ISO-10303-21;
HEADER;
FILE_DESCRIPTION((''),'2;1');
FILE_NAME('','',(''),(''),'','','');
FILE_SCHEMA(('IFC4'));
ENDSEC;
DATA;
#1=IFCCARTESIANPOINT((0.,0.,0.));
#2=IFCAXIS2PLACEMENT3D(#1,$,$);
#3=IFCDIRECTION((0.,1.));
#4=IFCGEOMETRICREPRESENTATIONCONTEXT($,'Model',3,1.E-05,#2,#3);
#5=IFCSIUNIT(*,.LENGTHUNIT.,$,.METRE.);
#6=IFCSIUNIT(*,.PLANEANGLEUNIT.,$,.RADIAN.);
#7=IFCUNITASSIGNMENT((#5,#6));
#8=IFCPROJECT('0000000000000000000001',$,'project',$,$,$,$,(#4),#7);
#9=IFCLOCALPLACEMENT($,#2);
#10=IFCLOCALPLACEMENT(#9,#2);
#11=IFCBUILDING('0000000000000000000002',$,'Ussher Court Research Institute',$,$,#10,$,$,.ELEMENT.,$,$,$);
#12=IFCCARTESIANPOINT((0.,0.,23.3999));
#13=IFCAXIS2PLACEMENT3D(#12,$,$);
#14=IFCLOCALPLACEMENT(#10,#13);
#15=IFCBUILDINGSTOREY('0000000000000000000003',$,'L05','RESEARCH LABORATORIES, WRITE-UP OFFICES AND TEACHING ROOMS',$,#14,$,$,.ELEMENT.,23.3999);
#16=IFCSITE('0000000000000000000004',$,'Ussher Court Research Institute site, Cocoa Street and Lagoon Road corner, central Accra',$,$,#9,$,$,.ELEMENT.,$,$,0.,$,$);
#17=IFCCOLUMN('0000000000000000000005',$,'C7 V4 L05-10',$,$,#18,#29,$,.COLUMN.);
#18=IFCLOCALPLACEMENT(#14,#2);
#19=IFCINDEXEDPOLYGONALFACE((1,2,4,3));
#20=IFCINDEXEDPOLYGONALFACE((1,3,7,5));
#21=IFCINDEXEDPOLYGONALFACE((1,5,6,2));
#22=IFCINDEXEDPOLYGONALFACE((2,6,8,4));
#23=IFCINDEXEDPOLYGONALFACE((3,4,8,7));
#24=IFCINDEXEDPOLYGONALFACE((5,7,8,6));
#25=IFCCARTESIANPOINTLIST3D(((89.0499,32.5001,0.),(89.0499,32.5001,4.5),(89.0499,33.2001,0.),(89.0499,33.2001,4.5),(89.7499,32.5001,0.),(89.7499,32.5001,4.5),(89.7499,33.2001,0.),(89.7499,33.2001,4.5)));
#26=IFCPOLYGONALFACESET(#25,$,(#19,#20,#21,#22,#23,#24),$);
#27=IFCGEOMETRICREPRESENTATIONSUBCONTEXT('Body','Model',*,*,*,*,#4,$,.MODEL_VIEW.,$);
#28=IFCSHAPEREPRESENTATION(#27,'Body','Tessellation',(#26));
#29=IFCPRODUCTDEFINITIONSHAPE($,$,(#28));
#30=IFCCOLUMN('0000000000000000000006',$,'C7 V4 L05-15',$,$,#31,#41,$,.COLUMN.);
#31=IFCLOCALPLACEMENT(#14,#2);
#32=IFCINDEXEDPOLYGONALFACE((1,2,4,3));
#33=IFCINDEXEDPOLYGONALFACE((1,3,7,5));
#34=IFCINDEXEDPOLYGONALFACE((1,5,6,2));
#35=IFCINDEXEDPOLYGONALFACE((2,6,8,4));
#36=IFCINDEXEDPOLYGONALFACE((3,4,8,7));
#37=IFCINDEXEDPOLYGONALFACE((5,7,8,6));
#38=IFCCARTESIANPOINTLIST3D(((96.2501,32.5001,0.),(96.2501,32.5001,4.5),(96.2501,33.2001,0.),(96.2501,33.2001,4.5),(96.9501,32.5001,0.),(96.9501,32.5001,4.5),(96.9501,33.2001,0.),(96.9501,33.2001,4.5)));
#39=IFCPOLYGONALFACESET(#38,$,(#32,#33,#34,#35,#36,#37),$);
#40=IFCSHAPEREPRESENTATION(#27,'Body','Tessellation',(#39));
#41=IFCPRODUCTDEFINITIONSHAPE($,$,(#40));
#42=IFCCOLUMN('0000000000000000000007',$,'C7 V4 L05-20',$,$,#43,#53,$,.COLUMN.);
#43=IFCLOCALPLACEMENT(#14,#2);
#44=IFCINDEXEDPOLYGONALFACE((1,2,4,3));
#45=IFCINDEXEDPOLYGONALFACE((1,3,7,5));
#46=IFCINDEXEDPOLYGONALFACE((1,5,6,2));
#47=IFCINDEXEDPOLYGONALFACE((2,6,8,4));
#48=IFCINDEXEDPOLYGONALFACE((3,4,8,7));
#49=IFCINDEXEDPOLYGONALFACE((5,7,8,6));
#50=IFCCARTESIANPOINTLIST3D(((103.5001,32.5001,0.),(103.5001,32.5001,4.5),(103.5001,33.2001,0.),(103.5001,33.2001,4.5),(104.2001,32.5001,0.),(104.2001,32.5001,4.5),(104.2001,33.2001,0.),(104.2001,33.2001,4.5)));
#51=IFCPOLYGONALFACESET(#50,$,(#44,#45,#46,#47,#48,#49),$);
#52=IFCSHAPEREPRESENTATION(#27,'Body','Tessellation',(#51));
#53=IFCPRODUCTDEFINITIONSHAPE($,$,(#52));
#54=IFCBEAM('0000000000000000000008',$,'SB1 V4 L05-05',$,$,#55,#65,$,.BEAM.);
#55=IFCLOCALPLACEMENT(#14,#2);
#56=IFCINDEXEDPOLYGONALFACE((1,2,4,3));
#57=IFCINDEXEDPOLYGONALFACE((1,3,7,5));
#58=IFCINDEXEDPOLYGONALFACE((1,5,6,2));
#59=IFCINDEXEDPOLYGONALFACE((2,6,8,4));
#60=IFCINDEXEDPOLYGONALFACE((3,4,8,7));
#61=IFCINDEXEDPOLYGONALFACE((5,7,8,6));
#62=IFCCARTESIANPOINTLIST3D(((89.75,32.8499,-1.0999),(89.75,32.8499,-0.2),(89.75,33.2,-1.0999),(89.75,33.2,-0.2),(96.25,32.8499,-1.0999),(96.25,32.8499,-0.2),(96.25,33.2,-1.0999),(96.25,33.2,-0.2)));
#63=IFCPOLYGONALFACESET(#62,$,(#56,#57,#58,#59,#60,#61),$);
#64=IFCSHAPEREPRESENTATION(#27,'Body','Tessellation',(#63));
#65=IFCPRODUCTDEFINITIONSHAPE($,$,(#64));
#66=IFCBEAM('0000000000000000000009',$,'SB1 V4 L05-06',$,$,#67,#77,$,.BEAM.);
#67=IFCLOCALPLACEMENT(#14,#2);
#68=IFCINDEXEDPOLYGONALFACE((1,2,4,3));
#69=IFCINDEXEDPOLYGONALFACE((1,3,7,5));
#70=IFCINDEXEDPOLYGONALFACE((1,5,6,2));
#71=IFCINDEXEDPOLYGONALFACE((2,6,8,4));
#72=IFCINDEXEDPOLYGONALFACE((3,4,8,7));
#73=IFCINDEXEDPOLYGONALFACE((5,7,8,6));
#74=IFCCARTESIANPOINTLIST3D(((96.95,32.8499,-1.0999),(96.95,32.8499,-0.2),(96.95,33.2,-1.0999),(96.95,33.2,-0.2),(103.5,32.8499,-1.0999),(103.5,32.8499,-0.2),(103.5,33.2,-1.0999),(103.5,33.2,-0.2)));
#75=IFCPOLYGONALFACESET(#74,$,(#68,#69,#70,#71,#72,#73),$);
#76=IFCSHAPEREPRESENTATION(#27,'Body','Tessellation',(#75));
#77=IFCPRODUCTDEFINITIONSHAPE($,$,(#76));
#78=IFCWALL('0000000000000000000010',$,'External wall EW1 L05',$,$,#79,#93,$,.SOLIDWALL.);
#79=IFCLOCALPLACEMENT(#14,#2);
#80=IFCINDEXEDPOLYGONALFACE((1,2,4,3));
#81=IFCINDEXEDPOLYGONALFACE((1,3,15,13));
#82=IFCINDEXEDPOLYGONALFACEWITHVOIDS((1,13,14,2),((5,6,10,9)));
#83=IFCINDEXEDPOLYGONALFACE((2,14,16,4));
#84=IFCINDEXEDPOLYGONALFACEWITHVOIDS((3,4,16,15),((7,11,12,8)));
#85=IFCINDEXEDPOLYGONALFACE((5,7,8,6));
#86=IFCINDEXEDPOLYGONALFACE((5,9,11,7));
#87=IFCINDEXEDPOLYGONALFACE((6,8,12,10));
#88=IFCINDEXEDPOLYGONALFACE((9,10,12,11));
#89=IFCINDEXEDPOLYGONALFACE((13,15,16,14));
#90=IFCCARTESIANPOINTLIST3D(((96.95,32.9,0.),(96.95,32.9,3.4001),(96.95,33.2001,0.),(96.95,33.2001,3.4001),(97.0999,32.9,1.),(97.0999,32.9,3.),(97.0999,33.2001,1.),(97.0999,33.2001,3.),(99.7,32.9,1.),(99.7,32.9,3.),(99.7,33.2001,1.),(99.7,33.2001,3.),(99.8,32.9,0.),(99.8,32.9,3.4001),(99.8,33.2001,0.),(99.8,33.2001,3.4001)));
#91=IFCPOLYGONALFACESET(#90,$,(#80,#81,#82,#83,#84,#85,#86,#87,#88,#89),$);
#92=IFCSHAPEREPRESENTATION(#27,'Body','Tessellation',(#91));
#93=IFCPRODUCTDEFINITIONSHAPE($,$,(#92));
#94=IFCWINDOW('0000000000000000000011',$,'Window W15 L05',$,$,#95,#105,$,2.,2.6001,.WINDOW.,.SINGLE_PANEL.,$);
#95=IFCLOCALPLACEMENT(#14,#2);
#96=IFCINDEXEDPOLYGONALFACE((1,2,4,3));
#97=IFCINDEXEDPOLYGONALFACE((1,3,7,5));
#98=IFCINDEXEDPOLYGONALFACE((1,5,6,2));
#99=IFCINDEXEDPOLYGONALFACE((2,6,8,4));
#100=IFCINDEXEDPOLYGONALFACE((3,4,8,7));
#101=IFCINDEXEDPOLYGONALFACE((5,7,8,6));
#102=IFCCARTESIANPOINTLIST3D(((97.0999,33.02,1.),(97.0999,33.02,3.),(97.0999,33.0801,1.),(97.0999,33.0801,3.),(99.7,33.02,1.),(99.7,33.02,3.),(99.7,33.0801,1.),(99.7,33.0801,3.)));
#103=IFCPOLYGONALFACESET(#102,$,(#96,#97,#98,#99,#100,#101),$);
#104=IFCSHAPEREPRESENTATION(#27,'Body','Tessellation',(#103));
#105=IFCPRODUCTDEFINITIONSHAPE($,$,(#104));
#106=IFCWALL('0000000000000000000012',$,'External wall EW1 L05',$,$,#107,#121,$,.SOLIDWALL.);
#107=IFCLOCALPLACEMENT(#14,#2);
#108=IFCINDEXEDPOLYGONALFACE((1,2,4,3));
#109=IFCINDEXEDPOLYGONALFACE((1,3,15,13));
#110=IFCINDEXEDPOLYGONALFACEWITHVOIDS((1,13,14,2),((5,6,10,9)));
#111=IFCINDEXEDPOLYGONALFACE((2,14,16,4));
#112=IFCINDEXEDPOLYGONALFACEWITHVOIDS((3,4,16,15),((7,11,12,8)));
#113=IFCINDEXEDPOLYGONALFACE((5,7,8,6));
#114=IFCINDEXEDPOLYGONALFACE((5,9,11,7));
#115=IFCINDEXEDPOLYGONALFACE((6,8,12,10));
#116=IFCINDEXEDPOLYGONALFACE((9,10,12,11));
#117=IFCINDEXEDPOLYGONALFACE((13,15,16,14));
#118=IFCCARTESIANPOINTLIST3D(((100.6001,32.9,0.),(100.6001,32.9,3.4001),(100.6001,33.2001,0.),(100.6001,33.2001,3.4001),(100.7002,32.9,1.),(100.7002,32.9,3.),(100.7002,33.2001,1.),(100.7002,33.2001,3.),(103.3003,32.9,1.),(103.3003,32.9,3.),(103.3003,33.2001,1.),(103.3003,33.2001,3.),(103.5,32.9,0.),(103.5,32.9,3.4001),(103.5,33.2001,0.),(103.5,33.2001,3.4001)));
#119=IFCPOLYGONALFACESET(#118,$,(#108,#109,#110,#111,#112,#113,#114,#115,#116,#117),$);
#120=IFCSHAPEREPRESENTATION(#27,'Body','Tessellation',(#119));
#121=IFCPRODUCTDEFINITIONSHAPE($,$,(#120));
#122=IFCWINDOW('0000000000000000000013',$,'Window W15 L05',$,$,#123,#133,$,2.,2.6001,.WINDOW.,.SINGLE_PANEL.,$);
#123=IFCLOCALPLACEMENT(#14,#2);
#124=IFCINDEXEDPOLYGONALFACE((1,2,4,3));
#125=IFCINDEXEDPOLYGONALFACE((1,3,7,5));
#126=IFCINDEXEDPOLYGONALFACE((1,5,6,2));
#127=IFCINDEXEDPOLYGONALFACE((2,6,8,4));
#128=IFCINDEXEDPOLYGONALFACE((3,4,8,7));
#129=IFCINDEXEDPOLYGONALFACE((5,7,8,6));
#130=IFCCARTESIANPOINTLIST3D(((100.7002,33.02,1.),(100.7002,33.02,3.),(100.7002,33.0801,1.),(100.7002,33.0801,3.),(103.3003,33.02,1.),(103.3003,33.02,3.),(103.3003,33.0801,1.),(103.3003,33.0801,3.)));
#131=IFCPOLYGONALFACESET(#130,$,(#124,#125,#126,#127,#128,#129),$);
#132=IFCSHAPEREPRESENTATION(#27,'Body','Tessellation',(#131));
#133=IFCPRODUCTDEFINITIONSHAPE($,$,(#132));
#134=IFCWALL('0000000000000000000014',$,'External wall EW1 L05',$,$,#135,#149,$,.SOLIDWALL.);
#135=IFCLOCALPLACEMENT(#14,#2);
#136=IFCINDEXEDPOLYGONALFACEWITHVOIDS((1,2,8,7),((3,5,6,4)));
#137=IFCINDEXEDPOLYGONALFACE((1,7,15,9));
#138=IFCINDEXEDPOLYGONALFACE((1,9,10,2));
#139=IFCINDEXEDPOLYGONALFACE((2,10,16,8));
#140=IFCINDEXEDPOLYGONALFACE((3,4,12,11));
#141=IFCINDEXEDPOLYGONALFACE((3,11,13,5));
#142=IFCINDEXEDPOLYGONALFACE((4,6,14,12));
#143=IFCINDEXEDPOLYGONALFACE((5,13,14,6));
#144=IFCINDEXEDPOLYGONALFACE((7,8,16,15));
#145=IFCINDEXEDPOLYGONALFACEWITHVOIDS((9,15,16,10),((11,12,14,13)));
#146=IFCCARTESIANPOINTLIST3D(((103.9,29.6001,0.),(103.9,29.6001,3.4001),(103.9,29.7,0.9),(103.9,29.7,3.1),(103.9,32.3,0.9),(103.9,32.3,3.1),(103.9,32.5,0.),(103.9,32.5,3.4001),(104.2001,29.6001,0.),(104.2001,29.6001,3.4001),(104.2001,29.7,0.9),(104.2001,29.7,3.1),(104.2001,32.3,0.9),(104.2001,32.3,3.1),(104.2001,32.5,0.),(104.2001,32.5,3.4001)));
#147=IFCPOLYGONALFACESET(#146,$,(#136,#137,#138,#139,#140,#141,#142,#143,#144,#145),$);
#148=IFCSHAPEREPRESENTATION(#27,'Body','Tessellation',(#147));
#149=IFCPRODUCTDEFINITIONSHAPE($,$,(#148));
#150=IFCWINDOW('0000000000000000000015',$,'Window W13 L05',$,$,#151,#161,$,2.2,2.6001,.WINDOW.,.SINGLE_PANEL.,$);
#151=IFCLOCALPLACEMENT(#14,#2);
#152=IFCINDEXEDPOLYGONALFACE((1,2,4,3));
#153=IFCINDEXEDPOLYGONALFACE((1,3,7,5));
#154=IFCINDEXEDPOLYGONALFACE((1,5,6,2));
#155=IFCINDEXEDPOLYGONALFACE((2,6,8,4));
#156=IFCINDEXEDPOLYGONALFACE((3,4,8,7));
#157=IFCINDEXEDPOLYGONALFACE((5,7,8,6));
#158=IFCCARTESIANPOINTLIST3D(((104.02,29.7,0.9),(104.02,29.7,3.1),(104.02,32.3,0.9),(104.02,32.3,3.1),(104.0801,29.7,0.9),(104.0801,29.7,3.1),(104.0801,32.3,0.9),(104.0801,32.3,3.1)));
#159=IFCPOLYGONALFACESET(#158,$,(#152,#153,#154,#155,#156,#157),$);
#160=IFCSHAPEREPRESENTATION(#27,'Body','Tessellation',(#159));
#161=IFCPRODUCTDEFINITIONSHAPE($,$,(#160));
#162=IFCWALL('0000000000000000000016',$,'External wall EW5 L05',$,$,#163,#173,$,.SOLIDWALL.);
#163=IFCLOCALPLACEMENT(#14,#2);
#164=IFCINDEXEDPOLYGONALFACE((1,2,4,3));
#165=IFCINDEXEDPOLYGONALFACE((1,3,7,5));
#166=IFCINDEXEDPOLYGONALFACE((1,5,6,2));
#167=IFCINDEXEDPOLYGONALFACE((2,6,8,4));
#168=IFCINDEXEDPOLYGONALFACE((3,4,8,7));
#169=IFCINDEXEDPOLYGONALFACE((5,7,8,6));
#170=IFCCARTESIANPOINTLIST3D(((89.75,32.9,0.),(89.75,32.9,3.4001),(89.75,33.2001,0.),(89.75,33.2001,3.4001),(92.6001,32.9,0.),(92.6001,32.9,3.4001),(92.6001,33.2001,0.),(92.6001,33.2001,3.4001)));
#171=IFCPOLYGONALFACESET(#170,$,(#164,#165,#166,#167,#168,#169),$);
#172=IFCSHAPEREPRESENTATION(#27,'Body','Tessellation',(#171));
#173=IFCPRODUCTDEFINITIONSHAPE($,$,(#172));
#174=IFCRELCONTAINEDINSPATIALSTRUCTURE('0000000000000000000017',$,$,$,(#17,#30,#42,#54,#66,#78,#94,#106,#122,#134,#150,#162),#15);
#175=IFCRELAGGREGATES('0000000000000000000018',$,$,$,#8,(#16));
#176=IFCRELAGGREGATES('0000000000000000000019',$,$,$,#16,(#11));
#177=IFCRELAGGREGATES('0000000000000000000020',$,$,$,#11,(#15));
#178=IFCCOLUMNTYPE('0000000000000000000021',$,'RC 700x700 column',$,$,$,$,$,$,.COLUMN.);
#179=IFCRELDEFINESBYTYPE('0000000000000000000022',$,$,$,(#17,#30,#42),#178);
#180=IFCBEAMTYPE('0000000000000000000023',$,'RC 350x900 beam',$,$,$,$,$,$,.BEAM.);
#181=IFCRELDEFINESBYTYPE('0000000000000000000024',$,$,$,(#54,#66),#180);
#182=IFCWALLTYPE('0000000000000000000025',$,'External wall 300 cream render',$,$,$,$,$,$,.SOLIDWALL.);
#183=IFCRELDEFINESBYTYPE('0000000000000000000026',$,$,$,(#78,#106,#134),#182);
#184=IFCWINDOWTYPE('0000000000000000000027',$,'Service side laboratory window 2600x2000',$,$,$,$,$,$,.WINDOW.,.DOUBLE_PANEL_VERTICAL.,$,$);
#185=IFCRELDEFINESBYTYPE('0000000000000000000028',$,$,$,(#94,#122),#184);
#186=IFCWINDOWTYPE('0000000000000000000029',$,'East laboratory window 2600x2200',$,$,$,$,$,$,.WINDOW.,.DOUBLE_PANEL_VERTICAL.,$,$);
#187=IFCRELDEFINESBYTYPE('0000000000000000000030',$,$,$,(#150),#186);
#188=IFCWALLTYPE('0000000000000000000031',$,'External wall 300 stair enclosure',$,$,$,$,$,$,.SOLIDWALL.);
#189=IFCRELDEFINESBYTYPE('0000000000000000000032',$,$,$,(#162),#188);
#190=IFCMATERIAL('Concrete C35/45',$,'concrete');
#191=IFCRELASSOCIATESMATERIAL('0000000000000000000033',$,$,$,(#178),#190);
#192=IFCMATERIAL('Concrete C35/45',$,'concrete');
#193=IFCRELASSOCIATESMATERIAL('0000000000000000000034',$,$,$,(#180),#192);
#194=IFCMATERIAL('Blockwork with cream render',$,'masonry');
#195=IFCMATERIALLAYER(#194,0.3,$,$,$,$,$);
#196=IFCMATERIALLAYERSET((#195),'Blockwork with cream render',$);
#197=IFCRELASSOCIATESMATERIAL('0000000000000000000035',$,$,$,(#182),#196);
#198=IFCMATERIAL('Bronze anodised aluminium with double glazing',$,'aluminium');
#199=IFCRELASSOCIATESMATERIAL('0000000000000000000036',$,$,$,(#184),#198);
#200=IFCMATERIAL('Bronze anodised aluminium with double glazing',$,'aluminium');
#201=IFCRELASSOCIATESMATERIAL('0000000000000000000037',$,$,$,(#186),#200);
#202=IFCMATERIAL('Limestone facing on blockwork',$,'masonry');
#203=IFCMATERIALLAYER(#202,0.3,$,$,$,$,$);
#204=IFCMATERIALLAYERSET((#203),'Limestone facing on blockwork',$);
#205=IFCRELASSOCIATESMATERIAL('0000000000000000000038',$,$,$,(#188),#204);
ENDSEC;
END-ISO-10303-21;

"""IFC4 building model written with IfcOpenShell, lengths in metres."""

from ifc_helpers import new_model, si_unit, direction, frame, frame_2d, origin, origin_2d, place, context, subcontext, project, spatial, rectangle, extrude, material, layer, layer_set, material_profile, profile_set, type_object, element, fill, save


model = new_model("IFC4")

# Units and contexts
model_context = context("Model", 3, precision=1e-05, world=origin(), true_north=direction((0.0, 1.0)))
body_context = subcontext(model_context, "Body", "Model", "MODEL_VIEW")
ifc_project = project(units=[si_unit("LENGTHUNIT", "METRE"), si_unit("PLANEANGLEUNIT", "RADIAN")], contexts=[model_context])

# Site, building, storey
site_placement = place(None, origin())
site = spatial("IfcSite", under=ifc_project, at=site_placement, Name="Ussher Court Research Institute site, Cocoa Street and Lagoon Road corner, central Accra", CompositionType="ELEMENT", RefElevation=0.0)
building_placement = place(site_placement, origin())
building = spatial("IfcBuilding", under=site, at=building_placement, Name="Ussher Court Research Institute", CompositionType="ELEMENT")
storey_placement = place(building_placement, frame((0.0, 0.0, 23.3999)))
storey = spatial("IfcBuildingStorey", under=building, at=storey_placement, Name="L05", Description="RESEARCH LABORATORIES, WRITE-UP OFFICES AND TEACHING ROOMS", CompositionType="ELEMENT", Elevation=23.3999)

# Columns
ifc_material_1 = material(Name="Concrete C35/45", Category="concrete")
ifc_material_profile_1 = material_profile(ifc_material_1, rectangle(XDim=0.7, YDim=0.7, at=origin_2d()), Name="RC 700x700")
ifc_profile_set_1 = profile_set([ifc_material_profile_1], Name="Concrete C35/45")
column_type = type_object("IfcColumnType", Name="RC 700x700 column", PredefinedType="COLUMN", material=ifc_profile_set_1)
for number, where, z_axis, x_axis, name in (
    (1, (89.3999, 32.8501, 0.0), (0.0, 0.0, 1.0), (1.0, 0.0, 0.0), "C7 V4 L05-10"),
    (2, (96.6001, 32.8501, 0.0), (0.0, 0.0, 1.0), (1.0, 0.0, 0.0), "C7 V4 L05-15"),
    (3, (103.8501, 32.8501, 0.0), (0.0, 0.0, 1.0), (1.0, 0.0, 0.0), "C7 V4 L05-20"),
):
    element("IfcColumn", number, at=place(storey_placement, frame(where, z_axis=z_axis, x_axis=x_axis)), inside=storey, type_object=column_type, Name=name, PredefinedType="COLUMN", context=body_context, shape_type="SweptSolid", body=[
        extrude(rectangle(XDim=0.7, YDim=0.7, at=origin_2d()), origin(), (0.0, 0.0, 1.0), 4.5),
    ])

# Beams
ifc_material_2 = material(Name="Concrete C35/45", Category="concrete")
ifc_material_profile_2 = material_profile(ifc_material_2, rectangle(XDim=0.3501, YDim=0.8999, at=origin_2d()), Name="RC 350x900")
ifc_profile_set_2 = profile_set([ifc_material_profile_2], Name="Concrete C35/45")
beam_type = type_object("IfcBeamType", Name="RC 350x900 beam", PredefinedType="BEAM", material=ifc_profile_set_2)
beam_1_placement = place(storey_placement, frame((89.75, 33.0249, -0.6499), z_axis=(1.0, 0.0, 0.0), x_axis=(0.0, 1.0, 0.0)))
element("IfcBeam", 4, at=beam_1_placement, inside=storey, type_object=beam_type, Name="SB1 V4 L05-05", PredefinedType="BEAM", context=body_context, shape_type="SweptSolid", body=[
    extrude(rectangle(XDim=0.3501, YDim=0.8999, at=origin_2d()), origin(), (0.0, 0.0, 1.0), 6.5),
])
beam_2_placement = place(storey_placement, frame((96.95, 33.0249, -0.6499), z_axis=(1.0, 0.0, 0.0), x_axis=(0.0, 1.0, 0.0)))
element("IfcBeam", 5, at=beam_2_placement, inside=storey, type_object=beam_type, Name="SB1 V4 L05-06", PredefinedType="BEAM", context=body_context, shape_type="SweptSolid", body=[
    extrude(rectangle(XDim=0.3501, YDim=0.8999, at=origin_2d()), origin(), (0.0, 0.0, 1.0), 6.55),
])

# Walls, openings, windows
ifc_material_3 = material(Name="Blockwork with cream render", Category="masonry")
ifc_layer_1 = layer(ifc_material_3, 0.3)
ifc_layer_set_1 = layer_set([ifc_layer_1], Name="Blockwork with cream render")
wall_type_1 = type_object("IfcWallType", Name="External wall 300 cream render", PredefinedType="SOLIDWALL", material=ifc_layer_set_1)
wall_1_placement = place(storey_placement, frame((96.95, 33.05, 0.0), z_axis=(0.0, 0.0, 1.0), x_axis=(1.0, 0.0, 0.0)))
wall_1 = element("IfcWall", 6, at=wall_1_placement, inside=storey, type_object=wall_type_1, Name="External wall EW1 L05", PredefinedType="SOLIDWALL", context=body_context, shape_type="SweptSolid", body=[
    extrude(rectangle(XDim=2.8501, YDim=0.3, at=frame_2d((1.425, 0.0))), origin(), (0.0, 0.0, 1.0), 3.4001),
])
opening_1_placement = place(wall_1_placement, frame((0.1499, 0.0, 1.0)))
opening_1 = element("IfcOpeningElement", 7, at=opening_1_placement, cuts=wall_1, PredefinedType="OPENING", context=body_context, shape_type="SweptSolid", body=[
    extrude(rectangle(XDim=2.6001, YDim=2.0, at=frame_2d((1.3, 1.0))), frame((0.0, 0.1602, 0.0), z_axis=(0.0, -1.0, 0.0), x_axis=(1.0, 0.0, 0.0)), (0.0, 0.0, 1.0), 0.3201),
])
ifc_material_4 = material(Name="Bronze anodised aluminium with double glazing", Category="aluminium")
window_type_1 = type_object("IfcWindowType", Name="Service side laboratory window 2600x2000", PartitioningType="DOUBLE_PANEL_VERTICAL", PredefinedType="WINDOW", material=ifc_material_4)
window_1_placement = place(opening_1_placement, origin())
window_1 = element("IfcWindow", 8, at=window_1_placement, inside=storey, type_object=window_type_1, Name="Window W15 L05", OverallHeight=2.0, OverallWidth=2.6001, PartitioningType="SINGLE_PANEL", PredefinedType="WINDOW", context=body_context, shape_type="SweptSolid", body=[
    extrude(rectangle(XDim=2.6001, YDim=2.0, at=frame_2d((1.3, 1.0))), frame((0.0, 0.03, 0.0), z_axis=(0.0, -1.0, 0.0), x_axis=(1.0, 0.0, 0.0)), (0.0, 0.0, 1.0), 0.0601),
])
fill(opening_1, window_1)
wall_2_placement = place(storey_placement, frame((100.6001, 33.05, 0.0), z_axis=(0.0, 0.0, 1.0), x_axis=(1.0, 0.0, 0.0)))
wall_2 = element("IfcWall", 9, at=wall_2_placement, inside=storey, type_object=wall_type_1, Name="External wall EW1 L05", PredefinedType="SOLIDWALL", context=body_context, shape_type="SweptSolid", body=[
    extrude(rectangle(XDim=2.8999, YDim=0.3, at=frame_2d((1.45, 0.0))), origin(), (0.0, 0.0, 1.0), 3.4001),
])
opening_2_placement = place(wall_2_placement, frame((0.1001, 0.0, 1.0)))
opening_2 = element("IfcOpeningElement", 10, at=opening_2_placement, cuts=wall_2, PredefinedType="OPENING", context=body_context, shape_type="SweptSolid", body=[
    extrude(rectangle(XDim=2.6001, YDim=2.0, at=frame_2d((1.3, 1.0))), frame((0.0, 0.1602, 0.0), z_axis=(0.0, -1.0, 0.0), x_axis=(1.0, 0.0, 0.0)), (0.0, 0.0, 1.0), 0.3201),
])
window_2_placement = place(opening_2_placement, origin())
window_2 = element("IfcWindow", 11, at=window_2_placement, inside=storey, type_object=window_type_1, Name="Window W15 L05", OverallHeight=2.0, OverallWidth=2.6001, PartitioningType="SINGLE_PANEL", PredefinedType="WINDOW", context=body_context, shape_type="SweptSolid", body=[
    extrude(rectangle(XDim=2.6001, YDim=2.0, at=frame_2d((1.3, 1.0))), frame((0.0, 0.03, 0.0), z_axis=(0.0, -1.0, 0.0), x_axis=(1.0, 0.0, 0.0)), (0.0, 0.0, 1.0), 0.0601),
])
fill(opening_2, window_2)
wall_3_placement = place(storey_placement, frame((104.05, 32.5, 0.0), z_axis=(0.0, 0.0, 1.0), x_axis=(0.0, -1.0, 0.0)))
wall_3 = element("IfcWall", 12, at=wall_3_placement, inside=storey, type_object=wall_type_1, Name="External wall EW1 L05", PredefinedType="SOLIDWALL", context=body_context, shape_type="SweptSolid", body=[
    extrude(rectangle(XDim=2.8999, YDim=0.3, at=frame_2d((1.45, 0.0))), origin(), (0.0, 0.0, 1.0), 3.4001),
])
opening_3_placement = place(wall_3_placement, frame((0.2, 0.0, 0.8999)))
opening_3 = element("IfcOpeningElement", 13, at=opening_3_placement, cuts=wall_3, PredefinedType="OPENING", context=body_context, shape_type="SweptSolid", body=[
    extrude(rectangle(XDim=2.6001, YDim=2.2, at=frame_2d((1.3, 1.1001))), frame((0.0, 0.1602, 0.0), z_axis=(0.0, -1.0, 0.0), x_axis=(1.0, 0.0, 0.0)), (0.0, 0.0, 1.0), 0.3201),
])
ifc_material_5 = material(Name="Bronze anodised aluminium with double glazing", Category="aluminium")
window_type_2 = type_object("IfcWindowType", Name="East laboratory window 2600x2200", PartitioningType="DOUBLE_PANEL_VERTICAL", PredefinedType="WINDOW", material=ifc_material_5)
window_3_placement = place(opening_3_placement, origin())
window_3 = element("IfcWindow", 14, at=window_3_placement, inside=storey, type_object=window_type_2, Name="Window W13 L05", OverallHeight=2.2, OverallWidth=2.6001, PartitioningType="SINGLE_PANEL", PredefinedType="WINDOW", context=body_context, shape_type="SweptSolid", body=[
    extrude(rectangle(XDim=2.6001, YDim=2.2, at=frame_2d((1.3, 1.1001))), frame((0.0, 0.03, 0.0), z_axis=(0.0, -1.0, 0.0), x_axis=(1.0, 0.0, 0.0)), (0.0, 0.0, 1.0), 0.0601),
])
fill(opening_3, window_3)

# Wall
ifc_material_6 = material(Name="Limestone facing on blockwork", Category="masonry")
ifc_layer_2 = layer(ifc_material_6, 0.3)
ifc_layer_set_2 = layer_set([ifc_layer_2], Name="Limestone facing on blockwork")
wall_type_2 = type_object("IfcWallType", Name="External wall 300 stair enclosure", PredefinedType="SOLIDWALL", material=ifc_layer_set_2)
for number, where, z_axis, x_axis, name in (
    (15, (89.75, 33.05, 0.0), (0.0, 0.0, 1.0), (1.0, 0.0, 0.0), "External wall EW5 L05"),
):
    element("IfcWall", number, at=place(storey_placement, frame(where, z_axis=z_axis, x_axis=x_axis)), inside=storey, type_object=wall_type_2, Name=name, PredefinedType="SOLIDWALL", context=body_context, shape_type="SweptSolid", body=[
        extrude(rectangle(XDim=2.8501, YDim=0.3, at=frame_2d((1.425, 0.0))), origin(), (0.0, 0.0, 1.0), 3.4001),
    ])

save(model, "model.ifc")
